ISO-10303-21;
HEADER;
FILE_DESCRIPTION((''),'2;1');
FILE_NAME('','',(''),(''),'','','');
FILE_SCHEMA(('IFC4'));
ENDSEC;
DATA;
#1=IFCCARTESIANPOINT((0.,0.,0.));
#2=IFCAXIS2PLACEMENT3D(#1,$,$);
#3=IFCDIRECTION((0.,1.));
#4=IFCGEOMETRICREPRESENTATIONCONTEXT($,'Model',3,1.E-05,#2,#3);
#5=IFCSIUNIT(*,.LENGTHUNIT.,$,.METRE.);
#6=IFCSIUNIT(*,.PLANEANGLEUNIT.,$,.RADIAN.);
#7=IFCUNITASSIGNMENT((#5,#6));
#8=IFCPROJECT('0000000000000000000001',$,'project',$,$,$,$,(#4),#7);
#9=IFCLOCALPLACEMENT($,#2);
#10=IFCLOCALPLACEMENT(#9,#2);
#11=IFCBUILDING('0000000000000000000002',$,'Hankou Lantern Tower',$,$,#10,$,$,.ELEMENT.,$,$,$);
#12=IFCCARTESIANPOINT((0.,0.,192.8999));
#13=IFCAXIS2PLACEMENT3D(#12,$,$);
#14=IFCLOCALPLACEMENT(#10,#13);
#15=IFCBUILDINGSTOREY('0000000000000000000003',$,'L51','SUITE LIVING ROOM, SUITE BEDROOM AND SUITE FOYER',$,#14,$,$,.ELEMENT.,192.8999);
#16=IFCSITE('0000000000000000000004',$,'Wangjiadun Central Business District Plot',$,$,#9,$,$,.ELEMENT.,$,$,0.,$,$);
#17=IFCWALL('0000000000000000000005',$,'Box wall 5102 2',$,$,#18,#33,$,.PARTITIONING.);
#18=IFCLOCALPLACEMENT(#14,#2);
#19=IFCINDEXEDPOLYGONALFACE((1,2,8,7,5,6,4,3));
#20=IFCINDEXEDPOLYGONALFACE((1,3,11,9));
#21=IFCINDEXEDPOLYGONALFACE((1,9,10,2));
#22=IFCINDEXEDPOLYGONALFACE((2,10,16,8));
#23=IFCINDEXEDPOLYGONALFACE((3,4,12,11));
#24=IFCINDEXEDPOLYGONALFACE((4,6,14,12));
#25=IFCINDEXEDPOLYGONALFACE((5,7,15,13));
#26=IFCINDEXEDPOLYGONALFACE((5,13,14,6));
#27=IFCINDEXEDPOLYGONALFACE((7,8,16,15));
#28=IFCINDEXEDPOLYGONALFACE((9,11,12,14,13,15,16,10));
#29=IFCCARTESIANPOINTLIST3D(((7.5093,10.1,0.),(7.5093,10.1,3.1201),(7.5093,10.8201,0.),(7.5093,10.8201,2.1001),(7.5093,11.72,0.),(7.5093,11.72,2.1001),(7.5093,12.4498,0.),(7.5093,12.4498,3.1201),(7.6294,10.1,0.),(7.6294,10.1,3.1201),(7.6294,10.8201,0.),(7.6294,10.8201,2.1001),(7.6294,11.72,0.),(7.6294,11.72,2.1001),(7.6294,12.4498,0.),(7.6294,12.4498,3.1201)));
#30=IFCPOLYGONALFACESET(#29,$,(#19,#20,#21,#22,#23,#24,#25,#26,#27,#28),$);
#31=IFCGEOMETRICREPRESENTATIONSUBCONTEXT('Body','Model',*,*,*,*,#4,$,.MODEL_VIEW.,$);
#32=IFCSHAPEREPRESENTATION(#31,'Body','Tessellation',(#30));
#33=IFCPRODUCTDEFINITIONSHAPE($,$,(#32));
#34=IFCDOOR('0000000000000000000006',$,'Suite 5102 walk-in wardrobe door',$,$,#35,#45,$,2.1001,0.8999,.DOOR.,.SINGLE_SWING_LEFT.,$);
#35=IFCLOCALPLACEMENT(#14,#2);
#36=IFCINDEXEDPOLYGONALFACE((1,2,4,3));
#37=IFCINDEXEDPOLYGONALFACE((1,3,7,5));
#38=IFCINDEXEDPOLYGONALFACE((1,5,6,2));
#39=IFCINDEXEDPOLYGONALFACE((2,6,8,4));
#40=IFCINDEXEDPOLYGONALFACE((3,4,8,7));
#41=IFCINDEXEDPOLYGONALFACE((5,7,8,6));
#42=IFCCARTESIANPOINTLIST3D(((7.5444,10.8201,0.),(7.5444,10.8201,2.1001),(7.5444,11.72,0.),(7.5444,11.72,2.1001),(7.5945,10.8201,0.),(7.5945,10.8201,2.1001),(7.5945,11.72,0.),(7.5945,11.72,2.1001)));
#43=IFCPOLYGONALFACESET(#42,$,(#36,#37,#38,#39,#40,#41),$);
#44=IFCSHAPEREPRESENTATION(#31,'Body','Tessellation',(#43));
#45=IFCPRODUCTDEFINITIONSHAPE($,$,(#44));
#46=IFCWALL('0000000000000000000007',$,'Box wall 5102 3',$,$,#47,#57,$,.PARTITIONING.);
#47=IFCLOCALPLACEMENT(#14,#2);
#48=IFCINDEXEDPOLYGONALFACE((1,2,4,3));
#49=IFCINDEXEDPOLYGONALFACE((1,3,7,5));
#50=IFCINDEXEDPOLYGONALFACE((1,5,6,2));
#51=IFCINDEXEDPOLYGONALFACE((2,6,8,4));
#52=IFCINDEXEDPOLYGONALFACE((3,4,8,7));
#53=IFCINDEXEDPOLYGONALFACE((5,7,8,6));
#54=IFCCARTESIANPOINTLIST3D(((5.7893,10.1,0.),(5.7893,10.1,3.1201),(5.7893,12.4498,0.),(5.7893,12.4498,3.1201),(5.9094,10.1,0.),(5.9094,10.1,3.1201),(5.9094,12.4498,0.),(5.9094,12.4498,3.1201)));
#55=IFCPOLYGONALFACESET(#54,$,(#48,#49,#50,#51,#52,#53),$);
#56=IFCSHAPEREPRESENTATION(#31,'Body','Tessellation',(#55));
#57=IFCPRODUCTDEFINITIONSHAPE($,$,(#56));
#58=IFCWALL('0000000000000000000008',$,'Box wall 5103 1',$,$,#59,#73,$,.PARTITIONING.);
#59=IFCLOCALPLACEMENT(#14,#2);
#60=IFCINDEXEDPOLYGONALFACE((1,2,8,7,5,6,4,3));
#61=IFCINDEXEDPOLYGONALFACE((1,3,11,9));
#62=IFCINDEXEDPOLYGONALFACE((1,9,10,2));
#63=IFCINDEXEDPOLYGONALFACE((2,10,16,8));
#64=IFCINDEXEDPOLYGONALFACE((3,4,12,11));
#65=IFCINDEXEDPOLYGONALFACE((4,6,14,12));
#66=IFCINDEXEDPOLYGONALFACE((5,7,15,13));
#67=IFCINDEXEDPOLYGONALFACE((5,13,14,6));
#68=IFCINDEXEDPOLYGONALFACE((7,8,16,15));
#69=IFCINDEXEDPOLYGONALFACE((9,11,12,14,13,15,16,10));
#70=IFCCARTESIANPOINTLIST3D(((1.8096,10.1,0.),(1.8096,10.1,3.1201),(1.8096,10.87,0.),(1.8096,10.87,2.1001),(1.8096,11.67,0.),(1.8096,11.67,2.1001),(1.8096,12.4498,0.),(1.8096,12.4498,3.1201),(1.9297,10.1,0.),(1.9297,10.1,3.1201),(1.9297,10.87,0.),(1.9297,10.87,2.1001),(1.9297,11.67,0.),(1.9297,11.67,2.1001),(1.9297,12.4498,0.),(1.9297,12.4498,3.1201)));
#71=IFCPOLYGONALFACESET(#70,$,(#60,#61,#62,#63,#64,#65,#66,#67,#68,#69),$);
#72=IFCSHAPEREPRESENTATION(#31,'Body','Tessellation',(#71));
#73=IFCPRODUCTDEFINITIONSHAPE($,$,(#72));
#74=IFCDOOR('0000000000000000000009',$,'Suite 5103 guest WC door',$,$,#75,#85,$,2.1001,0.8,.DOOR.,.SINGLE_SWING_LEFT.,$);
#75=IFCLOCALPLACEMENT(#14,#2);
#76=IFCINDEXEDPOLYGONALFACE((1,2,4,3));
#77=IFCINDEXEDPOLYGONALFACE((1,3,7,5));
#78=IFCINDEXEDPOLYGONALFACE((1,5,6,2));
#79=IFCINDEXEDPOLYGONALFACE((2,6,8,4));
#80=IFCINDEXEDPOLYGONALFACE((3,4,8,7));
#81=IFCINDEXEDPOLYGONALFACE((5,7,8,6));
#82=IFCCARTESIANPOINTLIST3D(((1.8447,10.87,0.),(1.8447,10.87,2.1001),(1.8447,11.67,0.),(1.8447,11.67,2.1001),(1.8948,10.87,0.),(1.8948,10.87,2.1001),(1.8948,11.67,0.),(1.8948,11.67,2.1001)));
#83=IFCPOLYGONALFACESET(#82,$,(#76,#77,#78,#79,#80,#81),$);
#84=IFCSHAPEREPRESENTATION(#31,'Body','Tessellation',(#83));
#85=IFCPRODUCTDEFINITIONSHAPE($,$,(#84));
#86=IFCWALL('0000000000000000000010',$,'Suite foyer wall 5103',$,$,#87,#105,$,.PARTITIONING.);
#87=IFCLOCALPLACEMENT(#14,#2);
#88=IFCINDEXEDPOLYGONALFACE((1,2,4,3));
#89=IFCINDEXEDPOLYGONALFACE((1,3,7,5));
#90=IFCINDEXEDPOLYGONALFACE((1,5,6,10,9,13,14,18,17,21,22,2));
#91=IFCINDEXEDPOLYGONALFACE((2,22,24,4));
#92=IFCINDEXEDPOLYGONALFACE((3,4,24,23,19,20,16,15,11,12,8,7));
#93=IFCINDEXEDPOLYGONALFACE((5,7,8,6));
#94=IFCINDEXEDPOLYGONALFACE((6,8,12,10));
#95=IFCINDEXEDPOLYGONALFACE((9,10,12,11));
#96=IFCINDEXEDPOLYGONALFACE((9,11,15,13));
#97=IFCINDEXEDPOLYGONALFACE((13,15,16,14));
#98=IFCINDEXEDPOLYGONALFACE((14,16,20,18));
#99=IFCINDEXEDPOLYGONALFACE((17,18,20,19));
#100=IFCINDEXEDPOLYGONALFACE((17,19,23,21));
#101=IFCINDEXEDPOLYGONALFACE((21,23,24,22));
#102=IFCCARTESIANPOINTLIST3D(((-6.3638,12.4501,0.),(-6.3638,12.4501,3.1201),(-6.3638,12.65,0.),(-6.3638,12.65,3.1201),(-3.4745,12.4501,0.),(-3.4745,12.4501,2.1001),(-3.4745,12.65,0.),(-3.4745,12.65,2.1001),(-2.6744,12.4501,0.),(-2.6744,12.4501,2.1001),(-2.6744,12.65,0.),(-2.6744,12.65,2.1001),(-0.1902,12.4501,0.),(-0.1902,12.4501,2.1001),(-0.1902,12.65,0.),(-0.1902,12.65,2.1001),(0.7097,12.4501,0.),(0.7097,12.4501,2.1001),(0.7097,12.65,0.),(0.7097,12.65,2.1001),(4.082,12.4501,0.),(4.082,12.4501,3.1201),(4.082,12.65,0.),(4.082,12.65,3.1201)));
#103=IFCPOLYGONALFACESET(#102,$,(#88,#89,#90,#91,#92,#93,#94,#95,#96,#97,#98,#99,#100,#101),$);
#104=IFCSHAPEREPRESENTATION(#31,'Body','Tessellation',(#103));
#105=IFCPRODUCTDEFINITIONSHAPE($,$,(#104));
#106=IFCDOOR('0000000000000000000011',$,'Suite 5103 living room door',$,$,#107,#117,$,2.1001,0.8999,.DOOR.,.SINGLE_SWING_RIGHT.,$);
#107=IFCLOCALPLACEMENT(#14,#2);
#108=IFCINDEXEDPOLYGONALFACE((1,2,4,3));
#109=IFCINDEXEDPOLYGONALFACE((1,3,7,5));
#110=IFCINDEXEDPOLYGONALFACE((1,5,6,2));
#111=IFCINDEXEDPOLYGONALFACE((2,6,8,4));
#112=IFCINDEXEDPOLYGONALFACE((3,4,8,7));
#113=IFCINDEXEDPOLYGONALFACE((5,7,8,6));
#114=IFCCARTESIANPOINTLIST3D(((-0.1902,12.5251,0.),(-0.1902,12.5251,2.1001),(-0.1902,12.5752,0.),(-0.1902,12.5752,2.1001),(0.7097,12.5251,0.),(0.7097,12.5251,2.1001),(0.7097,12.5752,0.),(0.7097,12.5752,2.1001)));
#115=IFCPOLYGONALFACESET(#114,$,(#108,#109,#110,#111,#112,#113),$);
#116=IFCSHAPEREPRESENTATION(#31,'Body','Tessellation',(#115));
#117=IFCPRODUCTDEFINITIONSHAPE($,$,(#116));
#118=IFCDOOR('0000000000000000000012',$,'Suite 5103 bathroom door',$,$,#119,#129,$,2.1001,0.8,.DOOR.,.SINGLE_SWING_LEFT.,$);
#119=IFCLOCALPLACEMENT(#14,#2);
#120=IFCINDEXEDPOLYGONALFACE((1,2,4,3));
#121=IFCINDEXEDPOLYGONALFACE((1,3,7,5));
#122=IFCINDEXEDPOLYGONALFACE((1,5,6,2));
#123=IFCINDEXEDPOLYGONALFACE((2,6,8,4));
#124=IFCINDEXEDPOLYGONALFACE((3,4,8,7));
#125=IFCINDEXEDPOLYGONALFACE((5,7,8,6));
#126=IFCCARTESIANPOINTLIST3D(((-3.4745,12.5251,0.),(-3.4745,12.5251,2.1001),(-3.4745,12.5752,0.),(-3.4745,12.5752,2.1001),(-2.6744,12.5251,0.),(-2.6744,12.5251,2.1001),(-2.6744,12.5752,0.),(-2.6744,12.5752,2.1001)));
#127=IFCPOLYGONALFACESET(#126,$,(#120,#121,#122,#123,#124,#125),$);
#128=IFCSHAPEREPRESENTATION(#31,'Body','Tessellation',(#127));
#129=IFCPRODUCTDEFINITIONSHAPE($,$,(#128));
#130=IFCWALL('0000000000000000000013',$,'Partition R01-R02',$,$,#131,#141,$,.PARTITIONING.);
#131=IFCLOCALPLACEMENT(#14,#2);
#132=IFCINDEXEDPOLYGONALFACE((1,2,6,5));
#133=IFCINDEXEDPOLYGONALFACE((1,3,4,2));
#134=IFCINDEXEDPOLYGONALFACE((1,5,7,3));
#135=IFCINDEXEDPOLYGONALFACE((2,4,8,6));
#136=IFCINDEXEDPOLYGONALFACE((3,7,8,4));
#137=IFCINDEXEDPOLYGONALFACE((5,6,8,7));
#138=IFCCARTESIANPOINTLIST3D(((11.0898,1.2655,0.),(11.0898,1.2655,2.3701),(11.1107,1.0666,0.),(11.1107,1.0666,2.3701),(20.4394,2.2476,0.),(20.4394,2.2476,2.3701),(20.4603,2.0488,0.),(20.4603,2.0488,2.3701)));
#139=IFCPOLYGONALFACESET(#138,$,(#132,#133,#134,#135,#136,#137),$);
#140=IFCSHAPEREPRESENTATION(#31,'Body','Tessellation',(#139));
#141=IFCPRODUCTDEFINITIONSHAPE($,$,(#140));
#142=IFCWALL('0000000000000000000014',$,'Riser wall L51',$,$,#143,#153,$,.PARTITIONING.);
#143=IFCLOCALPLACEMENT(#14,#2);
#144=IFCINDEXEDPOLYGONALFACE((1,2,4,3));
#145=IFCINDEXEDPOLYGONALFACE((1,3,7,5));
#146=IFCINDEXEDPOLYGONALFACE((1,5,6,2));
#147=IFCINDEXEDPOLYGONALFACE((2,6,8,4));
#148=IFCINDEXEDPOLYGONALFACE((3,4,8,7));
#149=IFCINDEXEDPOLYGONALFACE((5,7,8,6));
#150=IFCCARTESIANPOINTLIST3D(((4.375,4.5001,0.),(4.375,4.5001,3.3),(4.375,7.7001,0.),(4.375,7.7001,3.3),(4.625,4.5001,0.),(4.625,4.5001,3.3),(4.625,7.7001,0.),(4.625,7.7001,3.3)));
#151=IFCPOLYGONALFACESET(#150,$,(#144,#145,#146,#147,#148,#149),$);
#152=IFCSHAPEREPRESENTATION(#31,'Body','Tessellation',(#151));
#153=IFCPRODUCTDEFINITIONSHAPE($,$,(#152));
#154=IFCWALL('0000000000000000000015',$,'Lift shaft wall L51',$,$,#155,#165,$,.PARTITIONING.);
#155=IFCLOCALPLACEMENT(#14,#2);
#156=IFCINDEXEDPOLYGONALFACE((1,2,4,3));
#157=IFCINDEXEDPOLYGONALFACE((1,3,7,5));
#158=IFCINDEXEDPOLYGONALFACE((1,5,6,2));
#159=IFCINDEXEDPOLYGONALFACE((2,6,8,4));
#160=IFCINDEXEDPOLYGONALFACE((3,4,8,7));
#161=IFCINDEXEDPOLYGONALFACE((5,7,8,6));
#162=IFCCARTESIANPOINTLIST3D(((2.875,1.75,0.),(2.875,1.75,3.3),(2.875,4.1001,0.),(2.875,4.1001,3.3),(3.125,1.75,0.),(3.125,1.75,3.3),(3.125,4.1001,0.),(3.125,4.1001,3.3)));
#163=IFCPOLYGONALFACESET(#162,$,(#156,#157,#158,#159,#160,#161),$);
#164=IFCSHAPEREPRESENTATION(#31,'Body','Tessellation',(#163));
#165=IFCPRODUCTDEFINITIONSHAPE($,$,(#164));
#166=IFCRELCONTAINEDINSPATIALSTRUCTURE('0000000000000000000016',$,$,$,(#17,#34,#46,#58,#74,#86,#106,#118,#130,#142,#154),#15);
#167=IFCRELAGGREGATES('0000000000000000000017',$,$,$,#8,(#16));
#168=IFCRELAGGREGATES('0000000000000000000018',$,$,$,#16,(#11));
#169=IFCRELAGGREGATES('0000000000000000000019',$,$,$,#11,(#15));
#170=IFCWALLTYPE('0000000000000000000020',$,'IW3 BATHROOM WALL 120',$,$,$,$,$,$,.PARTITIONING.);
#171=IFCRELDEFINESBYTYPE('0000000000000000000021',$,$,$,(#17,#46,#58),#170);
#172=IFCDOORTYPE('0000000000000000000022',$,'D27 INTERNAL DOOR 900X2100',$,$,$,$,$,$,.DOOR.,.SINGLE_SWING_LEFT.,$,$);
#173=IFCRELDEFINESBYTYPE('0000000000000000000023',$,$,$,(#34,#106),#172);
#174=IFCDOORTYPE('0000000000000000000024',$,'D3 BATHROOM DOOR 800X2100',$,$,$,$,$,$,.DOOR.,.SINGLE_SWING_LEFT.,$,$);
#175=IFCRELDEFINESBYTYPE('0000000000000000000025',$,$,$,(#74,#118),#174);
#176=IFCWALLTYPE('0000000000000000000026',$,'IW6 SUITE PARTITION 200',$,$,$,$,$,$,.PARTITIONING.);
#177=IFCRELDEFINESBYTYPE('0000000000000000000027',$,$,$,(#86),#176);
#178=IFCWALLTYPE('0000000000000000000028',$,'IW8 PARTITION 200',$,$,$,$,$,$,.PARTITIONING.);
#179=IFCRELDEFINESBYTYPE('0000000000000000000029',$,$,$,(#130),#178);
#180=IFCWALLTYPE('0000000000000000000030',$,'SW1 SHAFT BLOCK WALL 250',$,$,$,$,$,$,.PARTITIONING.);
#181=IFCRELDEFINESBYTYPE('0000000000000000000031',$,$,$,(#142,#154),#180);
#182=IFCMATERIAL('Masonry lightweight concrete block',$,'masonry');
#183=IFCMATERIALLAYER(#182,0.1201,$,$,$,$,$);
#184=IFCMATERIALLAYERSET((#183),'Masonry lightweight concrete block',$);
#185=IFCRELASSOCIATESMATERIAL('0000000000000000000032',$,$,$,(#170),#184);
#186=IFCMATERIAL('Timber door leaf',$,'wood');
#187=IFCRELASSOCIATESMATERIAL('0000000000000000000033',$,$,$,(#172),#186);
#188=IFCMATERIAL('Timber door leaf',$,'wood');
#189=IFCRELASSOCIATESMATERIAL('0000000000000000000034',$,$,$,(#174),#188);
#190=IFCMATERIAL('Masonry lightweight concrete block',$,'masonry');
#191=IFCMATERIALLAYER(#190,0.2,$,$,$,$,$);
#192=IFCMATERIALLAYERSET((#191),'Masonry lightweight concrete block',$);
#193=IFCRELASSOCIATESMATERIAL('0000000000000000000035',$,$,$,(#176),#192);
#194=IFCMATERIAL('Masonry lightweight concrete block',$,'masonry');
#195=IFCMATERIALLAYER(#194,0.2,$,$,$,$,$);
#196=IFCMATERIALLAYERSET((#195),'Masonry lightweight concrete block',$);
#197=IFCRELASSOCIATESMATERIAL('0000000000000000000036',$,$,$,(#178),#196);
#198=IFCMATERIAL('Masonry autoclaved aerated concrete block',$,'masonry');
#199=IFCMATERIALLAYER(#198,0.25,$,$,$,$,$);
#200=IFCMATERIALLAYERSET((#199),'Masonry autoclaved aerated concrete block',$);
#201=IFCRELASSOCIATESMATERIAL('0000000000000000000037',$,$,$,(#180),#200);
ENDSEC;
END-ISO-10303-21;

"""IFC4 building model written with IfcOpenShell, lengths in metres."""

from ifc_helpers import new_model, si_unit, direction, frame, frame_2d, origin, place, context, subcontext, project, spatial, rectangle, extrude, material, layer, layer_set, type_object, element, fill, save


model = new_model("IFC4")

# Units and contexts
model_context = context("Model", 3, precision=1e-05, world=origin(), true_north=direction((0.0, 1.0)))
body_context = subcontext(model_context, "Body", "Model", "MODEL_VIEW")
ifc_project = project(units=[si_unit("LENGTHUNIT", "METRE"), si_unit("PLANEANGLEUNIT", "RADIAN")], contexts=[model_context])

# Site, building, storey
site_placement = place(None, origin())
site = spatial("IfcSite", under=ifc_project, at=site_placement, Name="Wangjiadun Central Business District Plot", CompositionType="ELEMENT", RefElevation=0.0)
building_placement = place(site_placement, origin())
building = spatial("IfcBuilding", under=site, at=building_placement, Name="Hankou Lantern Tower", CompositionType="ELEMENT")
storey_placement = place(building_placement, frame((0.0, 0.0, 192.8999)))
storey = spatial("IfcBuildingStorey", under=building, at=storey_placement, Name="L51", Description="SUITE LIVING ROOM, SUITE BEDROOM AND SUITE FOYER", CompositionType="ELEMENT", Elevation=192.8999)

# Wall, opening, door
ifc_material_1 = material(Name="Masonry lightweight concrete block", Category="masonry")
ifc_layer_1 = layer(ifc_material_1, 0.1201)
ifc_layer_set_1 = layer_set([ifc_layer_1], Name="Masonry lightweight concrete block")
wall_type_1 = type_object("IfcWallType", Name="IW3 BATHROOM WALL 120", PredefinedType="PARTITIONING", material=ifc_layer_set_1)
wall_1_placement = place(storey_placement, frame((7.5693, 10.1001, 0.0), z_axis=(0.0, 0.0, 1.0), x_axis=(0.0, 1.0, 0.0)))
wall_1 = element("IfcWall", 1, at=wall_1_placement, inside=storey, type_object=wall_type_1, Name="Box wall 5102 2", PredefinedType="PARTITIONING", context=body_context, shape_type="SweptSolid", body=[
    extrude(rectangle(XDim=2.3499, YDim=0.1201, at=frame_2d((1.1748, 0.0))), origin(), (0.0, 0.0, 1.0), 3.1201),
])
opening_1_placement = place(wall_1_placement, frame((0.72, 0.0, 0.0)))
opening_1 = element("IfcOpeningElement", 2, at=opening_1_placement, cuts=wall_1, PredefinedType="OPENING", context=body_context, shape_type="SweptSolid", body=[
    extrude(rectangle(XDim=0.8999, YDim=2.1001, at=frame_2d((0.45, 1.05))), frame((0.0, 0.0701, 0.0), z_axis=(0.0, -1.0, 0.0), x_axis=(1.0, 0.0, 0.0)), (0.0, 0.0, 1.0), 0.1401),
])
ifc_material_2 = material(Name="Timber door leaf", Category="wood")
door_type_1 = type_object("IfcDoorType", Name="D27 INTERNAL DOOR 900X2100", OperationType="SINGLE_SWING_LEFT", PredefinedType="DOOR", material=ifc_material_2)
door_1_placement = place(opening_1_placement, origin())
door_1 = element("IfcDoor", 3, at=door_1_placement, inside=storey, type_object=door_type_1, Name="Suite 5102 walk-in wardrobe door", OperationType="SINGLE_SWING_LEFT", OverallHeight=2.1001, OverallWidth=0.8999, PredefinedType="DOOR", context=body_context, shape_type="SweptSolid", body=[
    extrude(rectangle(XDim=0.8999, YDim=2.1001, at=frame_2d((0.45, 1.05))), frame((0.0, 0.0249, 0.0), z_axis=(0.0, -1.0, 0.0), x_axis=(1.0, 0.0, 0.0)), (0.0, 0.0, 1.0), 0.05),
])
fill(opening_1, door_1)

# Wall
wall_2_placement = place(storey_placement, frame((5.8494, 10.1001, 0.0), z_axis=(0.0, 0.0, 1.0), x_axis=(0.0, 1.0, 0.0)))
element("IfcWall", 4, at=wall_2_placement, inside=storey, type_object=wall_type_1, Name="Box wall 5102 3", PredefinedType="PARTITIONING", context=body_context, shape_type="SweptSolid", body=[
    extrude(rectangle(XDim=2.3499, YDim=0.1201, at=frame_2d((1.1748, 0.0))), origin(), (0.0, 0.0, 1.0), 3.1201),
])

# Wall, opening, door
wall_3_placement = place(storey_placement, frame((1.8696, 10.1001, 0.0), z_axis=(0.0, 0.0, 1.0), x_axis=(0.0, 1.0, 0.0)))
wall_3 = element("IfcWall", 5, at=wall_3_placement, inside=storey, type_object=wall_type_1, Name="Box wall 5103 1", PredefinedType="PARTITIONING", context=body_context, shape_type="SweptSolid", body=[
    extrude(rectangle(XDim=2.3499, YDim=0.1201, at=frame_2d((1.1748, 0.0))), origin(), (0.0, 0.0, 1.0), 3.1201),
])
opening_2_placement = place(wall_3_placement, frame((0.77, 0.0, 0.0)))
opening_2 = element("IfcOpeningElement", 6, at=opening_2_placement, cuts=wall_3, PredefinedType="OPENING", context=body_context, shape_type="SweptSolid", body=[
    extrude(rectangle(XDim=0.8, YDim=2.1001, at=frame_2d((0.3999, 1.05))), frame((0.0, 0.0701, 0.0), z_axis=(0.0, -1.0, 0.0), x_axis=(1.0, 0.0, 0.0)), (0.0, 0.0, 1.0), 0.1401),
])
ifc_material_3 = material(Name="Timber door leaf", Category="wood")
door_type_2 = type_object("IfcDoorType", Name="D3 BATHROOM DOOR 800X2100", OperationType="SINGLE_SWING_LEFT", PredefinedType="DOOR", material=ifc_material_3)
door_2_placement = place(opening_2_placement, origin())
door_2 = element("IfcDoor", 7, at=door_2_placement, inside=storey, type_object=door_type_2, Name="Suite 5103 guest WC door", OperationType="SINGLE_SWING_LEFT", OverallHeight=2.1001, OverallWidth=0.8, PredefinedType="DOOR", context=body_context, shape_type="SweptSolid", body=[
    extrude(rectangle(XDim=0.8, YDim=2.1001, at=frame_2d((0.3999, 1.05))), frame((0.0, 0.0249, 0.0), z_axis=(0.0, -1.0, 0.0), x_axis=(1.0, 0.0, 0.0)), (0.0, 0.0, 1.0), 0.05),
])
fill(opening_2, door_2)

# Wall, openings, doors
ifc_material_4 = material(Name="Masonry lightweight concrete block", Category="masonry")
ifc_layer_2 = layer(ifc_material_4, 0.2)
ifc_layer_set_2 = layer_set([ifc_layer_2], Name="Masonry lightweight concrete block")
wall_type_2 = type_object("IfcWallType", Name="IW6 SUITE PARTITION 200", PredefinedType="PARTITIONING", material=ifc_layer_set_2)
wall_4_placement = place(storey_placement, frame((4.082, 12.55, 0.0), z_axis=(0.0, 0.0, 1.0), x_axis=(-1.0, 0.0, 0.0)))
wall_4 = element("IfcWall", 8, at=wall_4_placement, inside=storey, type_object=wall_type_2, Name="Suite foyer wall 5103", PredefinedType="PARTITIONING", context=body_context, shape_type="SweptSolid", body=[
    extrude(rectangle(XDim=10.4458, YDim=0.2, at=frame_2d((5.2229, 0.0))), origin(), (0.0, 0.0, 1.0), 3.1201),
])
opening_3_placement = place(wall_4_placement, frame((6.7566, 0.0, 0.0)))
opening_3 = element("IfcOpeningElement", 9, at=opening_3_placement, cuts=wall_4, PredefinedType="OPENING", context=body_context, shape_type="SweptSolid", body=[
    extrude(rectangle(XDim=0.8, YDim=2.1001, at=frame_2d((0.3999, 1.05))), frame((0.0, 0.1099, 0.0), z_axis=(0.0, -1.0, 0.0), x_axis=(1.0, 0.0, 0.0)), (0.0, 0.0, 1.0), 0.22),
])
opening_4_placement = place(wall_4_placement, frame((3.3723, 0.0, 0.0)))
opening_4 = element("IfcOpeningElement", 10, at=opening_4_placement, cuts=wall_4, PredefinedType="OPENING", context=body_context, shape_type="SweptSolid", body=[
    extrude(rectangle(XDim=0.8999, YDim=2.1001, at=frame_2d((0.45, 1.05))), frame((0.0, 0.1099, 0.0), z_axis=(0.0, -1.0, 0.0), x_axis=(1.0, 0.0, 0.0)), (0.0, 0.0, 1.0), 0.22),
])
door_3_placement = place(opening_4_placement, origin())
door_3 = element("IfcDoor", 11, at=door_3_placement, inside=storey, type_object=door_type_1, Name="Suite 5103 living room door", OperationType="SINGLE_SWING_RIGHT", OverallHeight=2.1001, OverallWidth=0.8999, PredefinedType="DOOR", context=body_context, shape_type="SweptSolid", body=[
    extrude(rectangle(XDim=0.8999, YDim=2.1001, at=frame_2d((0.45, 1.05))), frame((0.0, 0.0249, 0.0), z_axis=(0.0, -1.0, 0.0), x_axis=(1.0, 0.0, 0.0)), (0.0, 0.0, 1.0), 0.05),
])
fill(opening_4, door_3)
door_4_placement = place(opening_3_placement, origin())
door_4 = element("IfcDoor", 12, at=door_4_placement, inside=storey, type_object=door_type_2, Name="Suite 5103 bathroom door", OperationType="SINGLE_SWING_LEFT", OverallHeight=2.1001, OverallWidth=0.8, PredefinedType="DOOR", context=body_context, shape_type="SweptSolid", body=[
    extrude(rectangle(XDim=0.8, YDim=2.1001, at=frame_2d((0.3999, 1.05))), frame((0.0, 0.0249, 0.0), z_axis=(0.0, -1.0, 0.0), x_axis=(1.0, 0.0, 0.0)), (0.0, 0.0, 1.0), 0.05),
])
fill(opening_3, door_4)

# Walls
ifc_material_5 = material(Name="Masonry lightweight concrete block", Category="masonry")
ifc_layer_3 = layer(ifc_material_5, 0.2)
ifc_layer_set_3 = layer_set([ifc_layer_3], Name="Masonry lightweight concrete block")
wall_type_3 = type_object("IfcWallType", Name="IW8 PARTITION 200", PredefinedType="PARTITIONING", material=ifc_layer_set_3)
wall_5_placement = place(storey_placement, frame((11.1001, 1.166, 0.0), z_axis=(0.0, 0.0, 1.0), x_axis=(0.994527, 0.104475, 0.0)))
element("IfcWall", 13, at=wall_5_placement, inside=storey, type_object=wall_type_3, Name="Partition R01-R02", PredefinedType="PARTITIONING", context=body_context, shape_type="SweptSolid", body=[
    extrude(rectangle(XDim=9.4011, YDim=0.2, at=frame_2d((4.7007, 0.0))), origin(), (0.0, 0.0, 1.0), 2.3701),
])
ifc_material_6 = material(Name="Masonry autoclaved aerated concrete block", Category="masonry")
ifc_layer_4 = layer(ifc_material_6, 0.25)
ifc_layer_set_4 = layer_set([ifc_layer_4], Name="Masonry autoclaved aerated concrete block")
wall_type_4 = type_object("IfcWallType", Name="SW1 SHAFT BLOCK WALL 250", PredefinedType="PARTITIONING", material=ifc_layer_set_4)
wall_6_placement = place(storey_placement, frame((4.5, 4.5, 0.0), z_axis=(0.0, 0.0, 1.0), x_axis=(0.0, 1.0, 0.0)))
element("IfcWall", 14, at=wall_6_placement, inside=storey, type_object=wall_type_4, Name="Riser wall L51", PredefinedType="PARTITIONING", context=body_context, shape_type="SweptSolid", body=[
    extrude(rectangle(XDim=3.2, YDim=0.25, at=frame_2d((1.6001, 0.0))), origin(), (0.0, 0.0, 1.0), 3.3),
])
for number, where, z_axis, x_axis, name in (
    (15, (3.0, 1.75, 0.0), (0.0, 0.0, 1.0), (0.0, 1.0, 0.0), "Lift shaft wall L51"),
):
    element("IfcWall", number, at=place(storey_placement, frame(where, z_axis=z_axis, x_axis=x_axis)), inside=storey, type_object=wall_type_4, Name=name, PredefinedType="PARTITIONING", context=body_context, shape_type="SweptSolid", body=[
        extrude(rectangle(XDim=2.3501, YDim=0.25, at=frame_2d((1.175, 0.0))), origin(), (0.0, 0.0, 1.0), 3.3),
    ])

save(model, "model.ifc")
